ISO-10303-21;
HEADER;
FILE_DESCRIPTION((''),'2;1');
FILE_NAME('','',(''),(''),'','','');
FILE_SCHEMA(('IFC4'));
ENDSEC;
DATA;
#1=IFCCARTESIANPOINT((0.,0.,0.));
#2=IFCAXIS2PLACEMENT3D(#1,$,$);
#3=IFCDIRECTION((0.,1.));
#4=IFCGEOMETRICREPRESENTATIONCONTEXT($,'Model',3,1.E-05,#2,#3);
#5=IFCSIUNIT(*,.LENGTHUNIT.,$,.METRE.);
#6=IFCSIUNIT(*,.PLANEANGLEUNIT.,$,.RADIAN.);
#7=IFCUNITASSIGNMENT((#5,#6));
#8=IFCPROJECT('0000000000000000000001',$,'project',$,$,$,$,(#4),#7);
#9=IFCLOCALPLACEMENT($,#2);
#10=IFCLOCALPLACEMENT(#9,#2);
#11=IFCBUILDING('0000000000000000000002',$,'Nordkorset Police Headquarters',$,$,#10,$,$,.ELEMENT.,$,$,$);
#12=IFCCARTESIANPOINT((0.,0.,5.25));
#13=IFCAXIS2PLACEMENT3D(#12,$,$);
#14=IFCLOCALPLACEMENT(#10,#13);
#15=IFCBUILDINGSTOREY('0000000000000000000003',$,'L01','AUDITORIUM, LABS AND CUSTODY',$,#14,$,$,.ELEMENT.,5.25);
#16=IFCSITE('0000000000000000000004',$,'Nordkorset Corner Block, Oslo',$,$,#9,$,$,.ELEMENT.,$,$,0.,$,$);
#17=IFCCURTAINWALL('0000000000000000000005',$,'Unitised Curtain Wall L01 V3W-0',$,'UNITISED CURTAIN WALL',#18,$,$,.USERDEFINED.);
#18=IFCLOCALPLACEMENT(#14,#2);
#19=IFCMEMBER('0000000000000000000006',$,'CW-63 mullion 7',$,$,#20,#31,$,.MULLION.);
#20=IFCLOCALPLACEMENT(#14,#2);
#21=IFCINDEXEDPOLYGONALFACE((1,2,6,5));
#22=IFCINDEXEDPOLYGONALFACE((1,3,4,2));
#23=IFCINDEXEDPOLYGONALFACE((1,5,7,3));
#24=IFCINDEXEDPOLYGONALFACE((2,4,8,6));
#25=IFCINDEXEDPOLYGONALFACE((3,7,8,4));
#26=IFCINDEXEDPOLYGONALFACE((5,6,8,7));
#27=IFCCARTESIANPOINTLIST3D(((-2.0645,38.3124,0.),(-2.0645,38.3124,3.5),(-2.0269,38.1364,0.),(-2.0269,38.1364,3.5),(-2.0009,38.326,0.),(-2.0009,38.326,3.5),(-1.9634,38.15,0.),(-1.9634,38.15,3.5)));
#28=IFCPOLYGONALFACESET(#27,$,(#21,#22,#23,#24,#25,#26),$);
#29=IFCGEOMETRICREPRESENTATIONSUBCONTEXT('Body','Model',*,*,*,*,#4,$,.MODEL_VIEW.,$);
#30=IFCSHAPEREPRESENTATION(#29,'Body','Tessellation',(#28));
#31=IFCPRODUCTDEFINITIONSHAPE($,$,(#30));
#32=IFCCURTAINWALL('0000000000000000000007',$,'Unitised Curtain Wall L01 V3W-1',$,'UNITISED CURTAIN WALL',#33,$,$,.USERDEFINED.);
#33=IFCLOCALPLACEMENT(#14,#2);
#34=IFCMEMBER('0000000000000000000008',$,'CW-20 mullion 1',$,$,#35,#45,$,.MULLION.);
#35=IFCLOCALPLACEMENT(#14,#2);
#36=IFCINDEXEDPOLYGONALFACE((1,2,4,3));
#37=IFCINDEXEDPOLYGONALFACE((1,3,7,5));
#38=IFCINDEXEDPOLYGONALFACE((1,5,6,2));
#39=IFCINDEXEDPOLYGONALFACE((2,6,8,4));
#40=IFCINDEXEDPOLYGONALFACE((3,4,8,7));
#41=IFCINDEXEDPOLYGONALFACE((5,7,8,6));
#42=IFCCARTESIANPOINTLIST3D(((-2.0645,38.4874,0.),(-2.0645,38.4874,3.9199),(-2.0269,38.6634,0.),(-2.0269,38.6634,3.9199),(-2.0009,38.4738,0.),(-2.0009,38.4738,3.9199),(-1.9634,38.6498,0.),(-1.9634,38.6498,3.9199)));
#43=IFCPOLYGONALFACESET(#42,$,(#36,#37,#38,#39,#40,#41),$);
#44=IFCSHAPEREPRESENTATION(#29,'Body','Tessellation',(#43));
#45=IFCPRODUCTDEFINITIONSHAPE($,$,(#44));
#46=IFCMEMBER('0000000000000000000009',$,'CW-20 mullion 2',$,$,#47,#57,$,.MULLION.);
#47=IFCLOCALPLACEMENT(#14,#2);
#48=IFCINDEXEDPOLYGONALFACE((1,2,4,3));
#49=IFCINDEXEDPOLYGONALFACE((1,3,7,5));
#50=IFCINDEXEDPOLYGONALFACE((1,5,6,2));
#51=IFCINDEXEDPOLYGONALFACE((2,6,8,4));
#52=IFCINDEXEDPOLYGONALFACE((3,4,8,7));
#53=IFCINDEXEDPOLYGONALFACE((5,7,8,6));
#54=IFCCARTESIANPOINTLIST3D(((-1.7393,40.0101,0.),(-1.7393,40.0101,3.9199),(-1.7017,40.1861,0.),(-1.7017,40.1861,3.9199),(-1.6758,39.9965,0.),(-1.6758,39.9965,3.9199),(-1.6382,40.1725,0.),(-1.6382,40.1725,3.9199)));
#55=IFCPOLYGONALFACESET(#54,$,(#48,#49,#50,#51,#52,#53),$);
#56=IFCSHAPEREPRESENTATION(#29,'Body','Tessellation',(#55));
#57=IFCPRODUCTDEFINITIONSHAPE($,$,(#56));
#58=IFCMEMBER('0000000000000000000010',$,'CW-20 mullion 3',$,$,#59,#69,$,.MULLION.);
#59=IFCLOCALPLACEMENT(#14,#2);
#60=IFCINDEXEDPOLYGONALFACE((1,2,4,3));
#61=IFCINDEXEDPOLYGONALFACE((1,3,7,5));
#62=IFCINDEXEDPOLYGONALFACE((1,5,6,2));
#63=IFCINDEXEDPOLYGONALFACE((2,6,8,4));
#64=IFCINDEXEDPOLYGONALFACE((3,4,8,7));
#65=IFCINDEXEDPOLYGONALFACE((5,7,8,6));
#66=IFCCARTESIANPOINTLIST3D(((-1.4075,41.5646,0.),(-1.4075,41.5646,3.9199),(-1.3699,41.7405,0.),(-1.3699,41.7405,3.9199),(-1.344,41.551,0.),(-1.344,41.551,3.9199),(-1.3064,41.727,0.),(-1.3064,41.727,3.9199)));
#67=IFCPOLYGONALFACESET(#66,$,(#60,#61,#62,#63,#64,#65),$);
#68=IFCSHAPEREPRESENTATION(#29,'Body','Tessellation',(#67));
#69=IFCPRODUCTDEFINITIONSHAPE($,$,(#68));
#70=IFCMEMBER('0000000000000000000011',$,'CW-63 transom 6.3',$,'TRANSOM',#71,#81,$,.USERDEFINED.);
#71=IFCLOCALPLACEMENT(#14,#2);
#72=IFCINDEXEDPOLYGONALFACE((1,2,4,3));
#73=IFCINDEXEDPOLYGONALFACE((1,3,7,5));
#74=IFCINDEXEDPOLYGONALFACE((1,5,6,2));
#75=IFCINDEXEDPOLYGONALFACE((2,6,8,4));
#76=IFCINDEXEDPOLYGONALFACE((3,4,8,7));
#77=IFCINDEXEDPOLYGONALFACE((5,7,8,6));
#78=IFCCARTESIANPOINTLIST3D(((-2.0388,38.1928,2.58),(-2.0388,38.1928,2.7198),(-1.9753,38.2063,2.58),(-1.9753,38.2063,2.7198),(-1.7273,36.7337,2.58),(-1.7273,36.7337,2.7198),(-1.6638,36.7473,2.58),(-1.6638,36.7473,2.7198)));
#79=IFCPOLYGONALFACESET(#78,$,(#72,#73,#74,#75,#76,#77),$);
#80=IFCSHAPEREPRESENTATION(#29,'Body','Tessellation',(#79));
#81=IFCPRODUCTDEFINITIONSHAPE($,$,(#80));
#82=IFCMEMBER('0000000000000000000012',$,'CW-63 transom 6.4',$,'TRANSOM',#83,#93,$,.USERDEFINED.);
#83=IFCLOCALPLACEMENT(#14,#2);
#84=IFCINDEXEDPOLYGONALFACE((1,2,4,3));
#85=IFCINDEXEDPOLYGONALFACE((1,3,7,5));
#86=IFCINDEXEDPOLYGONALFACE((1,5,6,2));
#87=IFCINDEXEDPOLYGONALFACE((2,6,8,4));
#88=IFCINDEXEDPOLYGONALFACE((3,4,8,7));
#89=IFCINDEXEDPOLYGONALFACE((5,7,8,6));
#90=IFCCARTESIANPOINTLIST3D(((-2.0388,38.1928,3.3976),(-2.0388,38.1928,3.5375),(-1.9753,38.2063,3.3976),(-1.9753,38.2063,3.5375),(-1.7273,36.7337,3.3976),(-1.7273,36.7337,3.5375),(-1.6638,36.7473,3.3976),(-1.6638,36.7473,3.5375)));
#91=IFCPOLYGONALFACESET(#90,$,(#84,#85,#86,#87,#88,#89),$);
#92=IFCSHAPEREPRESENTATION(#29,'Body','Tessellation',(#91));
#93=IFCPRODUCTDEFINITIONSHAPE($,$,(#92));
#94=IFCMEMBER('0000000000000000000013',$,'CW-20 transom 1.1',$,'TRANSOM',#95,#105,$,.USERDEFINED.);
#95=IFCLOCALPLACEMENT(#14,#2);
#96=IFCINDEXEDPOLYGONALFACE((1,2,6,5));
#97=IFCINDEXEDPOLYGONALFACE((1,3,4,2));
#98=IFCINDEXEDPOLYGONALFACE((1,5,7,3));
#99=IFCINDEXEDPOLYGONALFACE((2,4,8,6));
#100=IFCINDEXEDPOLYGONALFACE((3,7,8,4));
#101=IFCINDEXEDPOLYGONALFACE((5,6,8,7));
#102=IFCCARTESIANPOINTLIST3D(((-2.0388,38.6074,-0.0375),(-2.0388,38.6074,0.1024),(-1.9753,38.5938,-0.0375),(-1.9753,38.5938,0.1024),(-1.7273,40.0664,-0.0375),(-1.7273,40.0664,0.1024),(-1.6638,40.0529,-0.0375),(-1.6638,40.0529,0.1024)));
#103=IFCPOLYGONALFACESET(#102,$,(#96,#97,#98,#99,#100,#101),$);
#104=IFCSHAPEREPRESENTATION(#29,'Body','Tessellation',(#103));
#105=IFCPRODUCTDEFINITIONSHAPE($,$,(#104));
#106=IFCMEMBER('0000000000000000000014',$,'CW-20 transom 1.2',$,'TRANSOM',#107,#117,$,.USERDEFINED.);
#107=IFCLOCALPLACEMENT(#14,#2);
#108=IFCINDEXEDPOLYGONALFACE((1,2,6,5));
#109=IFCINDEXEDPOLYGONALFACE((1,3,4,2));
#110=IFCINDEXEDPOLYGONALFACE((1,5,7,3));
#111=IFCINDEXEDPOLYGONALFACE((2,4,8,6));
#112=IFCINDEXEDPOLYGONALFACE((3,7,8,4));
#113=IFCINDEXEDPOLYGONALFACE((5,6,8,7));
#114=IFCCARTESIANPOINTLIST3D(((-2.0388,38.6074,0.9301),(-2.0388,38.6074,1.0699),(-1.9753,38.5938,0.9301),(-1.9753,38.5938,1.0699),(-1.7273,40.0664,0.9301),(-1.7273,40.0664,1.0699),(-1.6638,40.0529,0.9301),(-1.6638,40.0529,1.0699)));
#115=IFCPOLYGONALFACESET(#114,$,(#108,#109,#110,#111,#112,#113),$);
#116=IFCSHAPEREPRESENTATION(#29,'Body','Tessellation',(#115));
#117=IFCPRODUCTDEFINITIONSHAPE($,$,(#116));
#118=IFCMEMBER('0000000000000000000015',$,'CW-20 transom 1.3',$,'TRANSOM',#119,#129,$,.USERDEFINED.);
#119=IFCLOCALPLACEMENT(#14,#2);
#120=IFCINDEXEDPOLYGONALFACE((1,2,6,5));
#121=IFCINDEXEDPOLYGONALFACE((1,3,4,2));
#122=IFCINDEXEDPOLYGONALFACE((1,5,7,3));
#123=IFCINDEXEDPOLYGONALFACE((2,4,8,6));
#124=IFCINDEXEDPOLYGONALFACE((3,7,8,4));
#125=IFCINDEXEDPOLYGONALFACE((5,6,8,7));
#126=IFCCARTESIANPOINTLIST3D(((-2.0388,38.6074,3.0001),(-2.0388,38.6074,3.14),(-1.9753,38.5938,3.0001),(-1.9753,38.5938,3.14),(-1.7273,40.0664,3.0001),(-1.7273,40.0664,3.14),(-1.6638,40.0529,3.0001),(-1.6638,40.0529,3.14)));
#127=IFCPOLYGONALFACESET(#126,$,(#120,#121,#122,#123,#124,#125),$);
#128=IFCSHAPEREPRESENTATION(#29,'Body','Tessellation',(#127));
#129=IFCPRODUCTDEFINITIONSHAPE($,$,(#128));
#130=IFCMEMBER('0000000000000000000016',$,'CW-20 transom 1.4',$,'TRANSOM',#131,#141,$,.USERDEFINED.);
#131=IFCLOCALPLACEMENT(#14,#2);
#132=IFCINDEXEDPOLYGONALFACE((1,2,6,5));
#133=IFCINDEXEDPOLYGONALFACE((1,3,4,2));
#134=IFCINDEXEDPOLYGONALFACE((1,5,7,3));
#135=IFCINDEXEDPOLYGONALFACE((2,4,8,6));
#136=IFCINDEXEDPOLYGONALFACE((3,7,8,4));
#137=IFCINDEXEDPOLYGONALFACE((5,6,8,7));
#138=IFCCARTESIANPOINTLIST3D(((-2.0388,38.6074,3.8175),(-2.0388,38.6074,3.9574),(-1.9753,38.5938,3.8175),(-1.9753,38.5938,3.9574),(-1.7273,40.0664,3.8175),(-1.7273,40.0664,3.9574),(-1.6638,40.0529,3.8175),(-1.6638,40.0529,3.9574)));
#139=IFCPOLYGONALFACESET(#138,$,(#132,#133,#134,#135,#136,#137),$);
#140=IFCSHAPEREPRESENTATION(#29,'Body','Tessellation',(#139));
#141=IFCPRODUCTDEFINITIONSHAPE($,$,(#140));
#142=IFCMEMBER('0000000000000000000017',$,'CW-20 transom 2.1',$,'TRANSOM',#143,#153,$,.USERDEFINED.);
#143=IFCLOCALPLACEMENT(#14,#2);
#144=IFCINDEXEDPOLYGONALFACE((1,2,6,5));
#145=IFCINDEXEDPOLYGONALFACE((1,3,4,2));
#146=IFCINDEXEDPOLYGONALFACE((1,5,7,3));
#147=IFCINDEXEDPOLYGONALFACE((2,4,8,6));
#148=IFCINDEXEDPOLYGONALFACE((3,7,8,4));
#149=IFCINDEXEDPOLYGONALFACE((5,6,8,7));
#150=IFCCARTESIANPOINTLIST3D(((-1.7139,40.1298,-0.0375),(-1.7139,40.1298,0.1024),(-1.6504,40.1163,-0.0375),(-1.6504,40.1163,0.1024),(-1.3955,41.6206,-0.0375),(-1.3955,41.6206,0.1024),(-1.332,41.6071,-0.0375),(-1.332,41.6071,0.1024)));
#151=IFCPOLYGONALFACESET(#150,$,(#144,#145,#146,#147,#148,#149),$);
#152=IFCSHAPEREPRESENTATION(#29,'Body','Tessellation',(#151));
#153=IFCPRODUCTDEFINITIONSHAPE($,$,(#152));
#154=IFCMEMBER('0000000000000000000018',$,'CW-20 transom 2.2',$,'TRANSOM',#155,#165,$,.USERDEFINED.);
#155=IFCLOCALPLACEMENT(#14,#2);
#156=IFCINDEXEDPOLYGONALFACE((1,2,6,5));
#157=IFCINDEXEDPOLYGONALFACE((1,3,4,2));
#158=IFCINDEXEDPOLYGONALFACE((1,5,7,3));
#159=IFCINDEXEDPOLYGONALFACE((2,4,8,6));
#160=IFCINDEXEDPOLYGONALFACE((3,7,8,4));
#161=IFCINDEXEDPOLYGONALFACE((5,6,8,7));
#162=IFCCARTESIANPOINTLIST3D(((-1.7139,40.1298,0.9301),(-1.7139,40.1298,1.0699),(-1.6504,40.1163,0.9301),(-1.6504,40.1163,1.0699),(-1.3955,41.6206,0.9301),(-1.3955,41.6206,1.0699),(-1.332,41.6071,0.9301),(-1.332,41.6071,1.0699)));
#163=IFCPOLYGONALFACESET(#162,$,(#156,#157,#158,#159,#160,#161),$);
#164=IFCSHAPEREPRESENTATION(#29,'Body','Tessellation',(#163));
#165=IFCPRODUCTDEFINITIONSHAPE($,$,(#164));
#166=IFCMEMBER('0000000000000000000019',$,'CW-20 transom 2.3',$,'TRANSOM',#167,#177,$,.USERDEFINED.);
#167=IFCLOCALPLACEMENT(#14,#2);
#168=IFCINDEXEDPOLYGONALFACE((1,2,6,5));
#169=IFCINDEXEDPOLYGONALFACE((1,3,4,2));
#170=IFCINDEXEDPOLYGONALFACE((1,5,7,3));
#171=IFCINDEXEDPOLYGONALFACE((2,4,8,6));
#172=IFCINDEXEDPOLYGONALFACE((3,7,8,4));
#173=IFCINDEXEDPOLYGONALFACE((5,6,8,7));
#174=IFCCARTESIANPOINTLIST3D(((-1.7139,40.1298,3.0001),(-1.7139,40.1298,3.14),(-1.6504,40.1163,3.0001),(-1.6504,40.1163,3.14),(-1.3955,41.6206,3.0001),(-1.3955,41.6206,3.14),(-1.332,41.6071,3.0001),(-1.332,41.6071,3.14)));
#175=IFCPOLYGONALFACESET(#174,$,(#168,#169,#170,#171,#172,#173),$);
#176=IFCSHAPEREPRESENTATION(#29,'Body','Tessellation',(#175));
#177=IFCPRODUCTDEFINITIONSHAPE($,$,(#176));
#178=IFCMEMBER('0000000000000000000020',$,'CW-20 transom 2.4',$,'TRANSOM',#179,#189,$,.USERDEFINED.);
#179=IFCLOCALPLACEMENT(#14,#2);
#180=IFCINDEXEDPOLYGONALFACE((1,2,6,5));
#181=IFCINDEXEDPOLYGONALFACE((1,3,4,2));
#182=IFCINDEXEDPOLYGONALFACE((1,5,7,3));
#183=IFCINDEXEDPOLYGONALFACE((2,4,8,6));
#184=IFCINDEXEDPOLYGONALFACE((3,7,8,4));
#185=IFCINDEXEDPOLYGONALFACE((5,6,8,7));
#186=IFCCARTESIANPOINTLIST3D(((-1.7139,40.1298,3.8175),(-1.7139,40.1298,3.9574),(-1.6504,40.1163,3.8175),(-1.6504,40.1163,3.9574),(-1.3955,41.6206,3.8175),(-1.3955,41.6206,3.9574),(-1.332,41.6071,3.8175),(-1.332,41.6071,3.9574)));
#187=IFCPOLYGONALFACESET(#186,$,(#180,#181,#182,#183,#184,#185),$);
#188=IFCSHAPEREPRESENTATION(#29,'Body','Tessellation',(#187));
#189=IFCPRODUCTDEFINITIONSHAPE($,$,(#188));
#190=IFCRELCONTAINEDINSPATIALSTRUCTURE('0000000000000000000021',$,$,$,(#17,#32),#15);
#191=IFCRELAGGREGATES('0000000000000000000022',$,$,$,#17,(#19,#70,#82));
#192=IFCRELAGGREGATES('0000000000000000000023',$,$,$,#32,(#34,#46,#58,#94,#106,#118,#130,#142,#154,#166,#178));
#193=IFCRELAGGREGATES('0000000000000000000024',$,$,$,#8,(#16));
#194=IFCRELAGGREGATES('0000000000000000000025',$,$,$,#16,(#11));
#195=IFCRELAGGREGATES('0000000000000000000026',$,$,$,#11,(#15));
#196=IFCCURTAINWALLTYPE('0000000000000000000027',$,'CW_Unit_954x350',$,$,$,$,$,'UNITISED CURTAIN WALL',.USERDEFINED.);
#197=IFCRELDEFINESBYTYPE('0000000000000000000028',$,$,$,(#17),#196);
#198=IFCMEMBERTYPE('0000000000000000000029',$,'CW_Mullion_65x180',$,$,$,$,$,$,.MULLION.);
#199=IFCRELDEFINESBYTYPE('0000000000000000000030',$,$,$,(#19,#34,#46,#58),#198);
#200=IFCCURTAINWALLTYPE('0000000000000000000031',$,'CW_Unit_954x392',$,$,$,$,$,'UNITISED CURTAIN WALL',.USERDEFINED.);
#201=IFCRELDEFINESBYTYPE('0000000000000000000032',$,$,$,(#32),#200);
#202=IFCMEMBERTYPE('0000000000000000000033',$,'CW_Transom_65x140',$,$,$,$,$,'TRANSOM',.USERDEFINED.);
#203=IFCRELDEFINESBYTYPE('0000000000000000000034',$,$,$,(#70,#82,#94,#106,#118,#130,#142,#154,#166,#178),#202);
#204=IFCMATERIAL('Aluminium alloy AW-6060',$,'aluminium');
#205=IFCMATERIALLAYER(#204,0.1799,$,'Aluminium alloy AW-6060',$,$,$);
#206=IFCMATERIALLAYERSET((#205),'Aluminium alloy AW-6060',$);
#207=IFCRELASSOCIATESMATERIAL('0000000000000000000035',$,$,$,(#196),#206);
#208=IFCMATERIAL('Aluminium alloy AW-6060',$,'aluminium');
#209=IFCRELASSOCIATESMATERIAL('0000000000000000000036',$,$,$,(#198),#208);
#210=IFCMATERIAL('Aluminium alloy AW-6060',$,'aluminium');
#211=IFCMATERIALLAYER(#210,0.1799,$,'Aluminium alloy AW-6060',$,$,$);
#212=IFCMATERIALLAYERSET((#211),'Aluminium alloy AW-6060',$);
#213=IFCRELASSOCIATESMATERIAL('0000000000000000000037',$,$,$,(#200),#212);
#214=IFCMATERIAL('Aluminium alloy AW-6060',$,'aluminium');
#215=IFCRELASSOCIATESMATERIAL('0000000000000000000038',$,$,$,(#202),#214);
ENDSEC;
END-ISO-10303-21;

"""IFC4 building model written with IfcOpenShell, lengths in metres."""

from ifc_helpers import new_model, si_unit, direction, frame, origin, origin_2d, place, context, subcontext, project, spatial, rectangle, extrude, material, layer, layer_set, material_profile, profile_set, type_object, element, aggregate, save


model = new_model("IFC4")

# Units and contexts
model_context = context("Model", 3, precision=1e-05, world=origin(), true_north=direction((0.0, 1.0)))
body_context = subcontext(model_context, "Body", "Model", "MODEL_VIEW")
ifc_project = project(units=[si_unit("LENGTHUNIT", "METRE"), si_unit("PLANEANGLEUNIT", "RADIAN")], contexts=[model_context])

# Site, building, storey
site_placement = place(None, origin())
site = spatial("IfcSite", under=ifc_project, at=site_placement, Name="Nordkorset Corner Block, Oslo", CompositionType="ELEMENT", RefElevation=0.0)
building_placement = place(site_placement, origin())
building = spatial("IfcBuilding", under=site, at=building_placement, Name="Nordkorset Police Headquarters", CompositionType="ELEMENT")
storey_placement = place(building_placement, frame((0.0, 0.0, 5.25)))
storey = spatial("IfcBuildingStorey", under=building, at=storey_placement, Name="L01", Description="AUDITORIUM, LABS AND CUSTODY", CompositionType="ELEMENT", Elevation=5.25)

# Curtain wall, member
ifc_material_1 = material(Name="Aluminium alloy AW-6060", Category="aluminium")
ifc_layer_1 = layer(ifc_material_1, 0.1799, Name="Aluminium alloy AW-6060")
ifc_layer_set_1 = layer_set([ifc_layer_1], Name="Aluminium alloy AW-6060")
curtain_wall_type_1 = type_object("IfcCurtainWallType", Name="CW_Unit_954x350", ElementType="UNITISED CURTAIN WALL", PredefinedType="USERDEFINED", material=ifc_layer_set_1)
curtain_wall_1_placement = place(storey_placement, origin())
curtain_wall_1 = element("IfcCurtainWall", 1, at=curtain_wall_1_placement, inside=storey, type_object=curtain_wall_type_1, Name="Unitised Curtain Wall L01 V3W-0", ObjectType="UNITISED CURTAIN WALL", PredefinedType="USERDEFINED")
ifc_material_2 = material(Name="Aluminium alloy AW-6060", Category="aluminium")
ifc_material_profile_1 = material_profile(ifc_material_2, rectangle(XDim=0.0649, YDim=0.1799, at=origin_2d()), Name="ALU MULL 65x180")
ifc_profile_set_1 = profile_set([ifc_material_profile_1], Name="Aluminium alloy AW-6060")
member_type_1 = type_object("IfcMemberType", Name="CW_Mullion_65x180", PredefinedType="MULLION", material=ifc_profile_set_1)
member_1_placement = place(storey_placement, frame((-2.0139, 38.2312, 0.0), z_axis=(0.0, 0.0, 1.0), x_axis=(-0.977951, -0.208833, 0.0)))
member_1 = element("IfcMember", 2, at=member_1_placement, type_object=member_type_1, Name="CW-63 mullion 7", PredefinedType="MULLION", context=body_context, shape_type="SweptSolid", body=[
    extrude(rectangle(XDim=0.0649, YDim=0.1799, at=origin_2d()), origin(), (0.0, 0.0, 1.0), 3.5),
])

# Curtain wall, members
ifc_material_3 = material(Name="Aluminium alloy AW-6060", Category="aluminium")
ifc_layer_2 = layer(ifc_material_3, 0.1799, Name="Aluminium alloy AW-6060")
ifc_layer_set_2 = layer_set([ifc_layer_2], Name="Aluminium alloy AW-6060")
curtain_wall_type_2 = type_object("IfcCurtainWallType", Name="CW_Unit_954x392", ElementType="UNITISED CURTAIN WALL", PredefinedType="USERDEFINED", material=ifc_layer_set_2)
curtain_wall_2_placement = place(storey_placement, origin())
curtain_wall_2 = element("IfcCurtainWall", 3, at=curtain_wall_2_placement, inside=storey, type_object=curtain_wall_type_2, Name="Unitised Curtain Wall L01 V3W-1", ObjectType="UNITISED CURTAIN WALL", PredefinedType="USERDEFINED")
member_2_placement = place(storey_placement, frame((-2.0139, 38.5686, 0.0), z_axis=(0.0, 0.0, 1.0), x_axis=(-0.977951, 0.208833, 0.0)))
member_2 = element("IfcMember", 4, at=member_2_placement, type_object=member_type_1, Name="CW-20 mullion 1", PredefinedType="MULLION", context=body_context, shape_type="SweptSolid", body=[
    extrude(rectangle(XDim=0.0649, YDim=0.1799, at=origin_2d()), origin(), (0.0, 0.0, 1.0), 3.9199),
])
member_3_placement = place(storey_placement, frame((-1.6887, 40.0913, 0.0), z_axis=(0.0, 0.0, 1.0), x_axis=(-0.977951, 0.208833, 0.0)))
member_3 = element("IfcMember", 5, at=member_3_placement, type_object=member_type_1, Name="CW-20 mullion 2", PredefinedType="MULLION", context=body_context, shape_type="SweptSolid", body=[
    extrude(rectangle(XDim=0.0649, YDim=0.1799, at=origin_2d()), origin(), (0.0, 0.0, 1.0), 3.9199),
])
member_4_placement = place(storey_placement, frame((-1.3569, 41.6458, 0.0), z_axis=(0.0, 0.0, 1.0), x_axis=(-0.977951, 0.208833, 0.0)))
member_4 = element("IfcMember", 6, at=member_4_placement, type_object=member_type_1, Name="CW-20 mullion 3", PredefinedType="MULLION", context=body_context, shape_type="SweptSolid", body=[
    extrude(rectangle(XDim=0.0649, YDim=0.1799, at=origin_2d()), origin(), (0.0, 0.0, 1.0), 3.9199),
])

# Members
ifc_material_4 = material(Name="Aluminium alloy AW-6060", Category="aluminium")
ifc_material_profile_2 = material_profile(ifc_material_4, rectangle(XDim=0.0649, YDim=0.1399, at=origin_2d()), Name="ALU TRAN 65x140")
ifc_profile_set_2 = profile_set([ifc_material_profile_2], Name="Aluminium alloy AW-6060")
member_type_2 = type_object("IfcMemberType", Name="CW_Transom_65x140", ElementType="TRANSOM", PredefinedType="USERDEFINED", material=ifc_profile_set_2)
member_5_placement = place(storey_placement, frame((-1.6956, 36.7405, 2.6499), z_axis=(-0.208814, 0.977955, 0.0), x_axis=(-0.977955, -0.208814, 0.0)))
member_5 = element("IfcMember", 7, at=member_5_placement, type_object=member_type_2, Name="CW-63 transom 6.3", ObjectType="TRANSOM", PredefinedType="USERDEFINED", context=body_context, shape_type="SweptSolid", body=[
    extrude(rectangle(XDim=0.0649, YDim=0.1399, at=origin_2d()), origin(), (0.0, 0.0, 1.0), 1.4919),
])
member_6_placement = place(storey_placement, frame((-1.6956, 36.7405, 3.4675), z_axis=(-0.208814, 0.977955, 0.0), x_axis=(-0.977955, -0.208814, 0.0)))
member_6 = element("IfcMember", 8, at=member_6_placement, type_object=member_type_2, Name="CW-63 transom 6.4", ObjectType="TRANSOM", PredefinedType="USERDEFINED", context=body_context, shape_type="SweptSolid", body=[
    extrude(rectangle(XDim=0.0649, YDim=0.1399, at=origin_2d()), origin(), (0.0, 0.0, 1.0), 1.4919),
])
member_7_placement = place(storey_placement, frame((-2.0071, 38.6006, 0.0325), z_axis=(0.208814, 0.977955, 0.0), x_axis=(-0.977955, 0.208814, 0.0)))
member_7 = element("IfcMember", 9, at=member_7_placement, type_object=member_type_2, Name="CW-20 transom 1.1", ObjectType="TRANSOM", PredefinedType="USERDEFINED", context=body_context, shape_type="SweptSolid", body=[
    extrude(rectangle(XDim=0.0649, YDim=0.1399, at=origin_2d()), origin(), (0.0, 0.0, 1.0), 1.4919),
])
member_8_placement = place(storey_placement, frame((-2.0071, 38.6006, 1.0), z_axis=(0.208814, 0.977955, 0.0), x_axis=(-0.977955, 0.208814, 0.0)))
member_8 = element("IfcMember", 10, at=member_8_placement, type_object=member_type_2, Name="CW-20 transom 1.2", ObjectType="TRANSOM", PredefinedType="USERDEFINED", context=body_context, shape_type="SweptSolid", body=[
    extrude(rectangle(XDim=0.0649, YDim=0.1399, at=origin_2d()), origin(), (0.0, 0.0, 1.0), 1.4919),
])
member_9_placement = place(storey_placement, frame((-2.0071, 38.6006, 3.0701), z_axis=(0.208814, 0.977955, 0.0), x_axis=(-0.977955, 0.208814, 0.0)))
member_9 = element("IfcMember", 11, at=member_9_placement, type_object=member_type_2, Name="CW-20 transom 1.3", ObjectType="TRANSOM", PredefinedType="USERDEFINED", context=body_context, shape_type="SweptSolid", body=[
    extrude(rectangle(XDim=0.0649, YDim=0.1399, at=origin_2d()), origin(), (0.0, 0.0, 1.0), 1.4919),
])
member_10_placement = place(storey_placement, frame((-2.0071, 38.6006, 3.8875), z_axis=(0.208814, 0.977955, 0.0), x_axis=(-0.977955, 0.208814, 0.0)))
member_10 = element("IfcMember", 12, at=member_10_placement, type_object=member_type_2, Name="CW-20 transom 1.4", ObjectType="TRANSOM", PredefinedType="USERDEFINED", context=body_context, shape_type="SweptSolid", body=[
    extrude(rectangle(XDim=0.0649, YDim=0.1399, at=origin_2d()), origin(), (0.0, 0.0, 1.0), 1.4919),
])
member_11_placement = place(storey_placement, frame((-1.6821, 40.123, 0.0325), z_axis=(0.208851, 0.977947, 0.0), x_axis=(-0.977947, 0.208851, 0.0)))
member_11 = element("IfcMember", 13, at=member_11_placement, type_object=member_type_2, Name="CW-20 transom 2.1", ObjectType="TRANSOM", PredefinedType="USERDEFINED", context=body_context, shape_type="SweptSolid", body=[
    extrude(rectangle(XDim=0.0649, YDim=0.1399, at=origin_2d()), origin(), (0.0, 0.0, 1.0), 1.5244),
])
member_12_placement = place(storey_placement, frame((-1.6821, 40.123, 1.0), z_axis=(0.208851, 0.977947, 0.0), x_axis=(-0.977947, 0.208851, 0.0)))
member_12 = element("IfcMember", 14, at=member_12_placement, type_object=member_type_2, Name="CW-20 transom 2.2", ObjectType="TRANSOM", PredefinedType="USERDEFINED", context=body_context, shape_type="SweptSolid", body=[
    extrude(rectangle(XDim=0.0649, YDim=0.1399, at=origin_2d()), origin(), (0.0, 0.0, 1.0), 1.5244),
])
member_13_placement = place(storey_placement, frame((-1.6821, 40.123, 3.0701), z_axis=(0.208851, 0.977947, 0.0), x_axis=(-0.977947, 0.208851, 0.0)))
member_13 = element("IfcMember", 15, at=member_13_placement, type_object=member_type_2, Name="CW-20 transom 2.3", ObjectType="TRANSOM", PredefinedType="USERDEFINED", context=body_context, shape_type="SweptSolid", body=[
    extrude(rectangle(XDim=0.0649, YDim=0.1399, at=origin_2d()), origin(), (0.0, 0.0, 1.0), 1.5244),
])
member_14_placement = place(storey_placement, frame((-1.6821, 40.123, 3.8875), z_axis=(0.208851, 0.977947, 0.0), x_axis=(-0.977947, 0.208851, 0.0)))
member_14 = element("IfcMember", 16, at=member_14_placement, type_object=member_type_2, Name="CW-20 transom 2.4", ObjectType="TRANSOM", PredefinedType="USERDEFINED", context=body_context, shape_type="SweptSolid", body=[
    extrude(rectangle(XDim=0.0649, YDim=0.1399, at=origin_2d()), origin(), (0.0, 0.0, 1.0), 1.5244),
])

aggregate(curtain_wall_1, [member_1, member_5, member_6])
aggregate(curtain_wall_2, [member_2, member_3, member_4, member_7, member_8, member_9, member_10, member_11, member_12, member_13, member_14])

save(model, "model.ifc")
